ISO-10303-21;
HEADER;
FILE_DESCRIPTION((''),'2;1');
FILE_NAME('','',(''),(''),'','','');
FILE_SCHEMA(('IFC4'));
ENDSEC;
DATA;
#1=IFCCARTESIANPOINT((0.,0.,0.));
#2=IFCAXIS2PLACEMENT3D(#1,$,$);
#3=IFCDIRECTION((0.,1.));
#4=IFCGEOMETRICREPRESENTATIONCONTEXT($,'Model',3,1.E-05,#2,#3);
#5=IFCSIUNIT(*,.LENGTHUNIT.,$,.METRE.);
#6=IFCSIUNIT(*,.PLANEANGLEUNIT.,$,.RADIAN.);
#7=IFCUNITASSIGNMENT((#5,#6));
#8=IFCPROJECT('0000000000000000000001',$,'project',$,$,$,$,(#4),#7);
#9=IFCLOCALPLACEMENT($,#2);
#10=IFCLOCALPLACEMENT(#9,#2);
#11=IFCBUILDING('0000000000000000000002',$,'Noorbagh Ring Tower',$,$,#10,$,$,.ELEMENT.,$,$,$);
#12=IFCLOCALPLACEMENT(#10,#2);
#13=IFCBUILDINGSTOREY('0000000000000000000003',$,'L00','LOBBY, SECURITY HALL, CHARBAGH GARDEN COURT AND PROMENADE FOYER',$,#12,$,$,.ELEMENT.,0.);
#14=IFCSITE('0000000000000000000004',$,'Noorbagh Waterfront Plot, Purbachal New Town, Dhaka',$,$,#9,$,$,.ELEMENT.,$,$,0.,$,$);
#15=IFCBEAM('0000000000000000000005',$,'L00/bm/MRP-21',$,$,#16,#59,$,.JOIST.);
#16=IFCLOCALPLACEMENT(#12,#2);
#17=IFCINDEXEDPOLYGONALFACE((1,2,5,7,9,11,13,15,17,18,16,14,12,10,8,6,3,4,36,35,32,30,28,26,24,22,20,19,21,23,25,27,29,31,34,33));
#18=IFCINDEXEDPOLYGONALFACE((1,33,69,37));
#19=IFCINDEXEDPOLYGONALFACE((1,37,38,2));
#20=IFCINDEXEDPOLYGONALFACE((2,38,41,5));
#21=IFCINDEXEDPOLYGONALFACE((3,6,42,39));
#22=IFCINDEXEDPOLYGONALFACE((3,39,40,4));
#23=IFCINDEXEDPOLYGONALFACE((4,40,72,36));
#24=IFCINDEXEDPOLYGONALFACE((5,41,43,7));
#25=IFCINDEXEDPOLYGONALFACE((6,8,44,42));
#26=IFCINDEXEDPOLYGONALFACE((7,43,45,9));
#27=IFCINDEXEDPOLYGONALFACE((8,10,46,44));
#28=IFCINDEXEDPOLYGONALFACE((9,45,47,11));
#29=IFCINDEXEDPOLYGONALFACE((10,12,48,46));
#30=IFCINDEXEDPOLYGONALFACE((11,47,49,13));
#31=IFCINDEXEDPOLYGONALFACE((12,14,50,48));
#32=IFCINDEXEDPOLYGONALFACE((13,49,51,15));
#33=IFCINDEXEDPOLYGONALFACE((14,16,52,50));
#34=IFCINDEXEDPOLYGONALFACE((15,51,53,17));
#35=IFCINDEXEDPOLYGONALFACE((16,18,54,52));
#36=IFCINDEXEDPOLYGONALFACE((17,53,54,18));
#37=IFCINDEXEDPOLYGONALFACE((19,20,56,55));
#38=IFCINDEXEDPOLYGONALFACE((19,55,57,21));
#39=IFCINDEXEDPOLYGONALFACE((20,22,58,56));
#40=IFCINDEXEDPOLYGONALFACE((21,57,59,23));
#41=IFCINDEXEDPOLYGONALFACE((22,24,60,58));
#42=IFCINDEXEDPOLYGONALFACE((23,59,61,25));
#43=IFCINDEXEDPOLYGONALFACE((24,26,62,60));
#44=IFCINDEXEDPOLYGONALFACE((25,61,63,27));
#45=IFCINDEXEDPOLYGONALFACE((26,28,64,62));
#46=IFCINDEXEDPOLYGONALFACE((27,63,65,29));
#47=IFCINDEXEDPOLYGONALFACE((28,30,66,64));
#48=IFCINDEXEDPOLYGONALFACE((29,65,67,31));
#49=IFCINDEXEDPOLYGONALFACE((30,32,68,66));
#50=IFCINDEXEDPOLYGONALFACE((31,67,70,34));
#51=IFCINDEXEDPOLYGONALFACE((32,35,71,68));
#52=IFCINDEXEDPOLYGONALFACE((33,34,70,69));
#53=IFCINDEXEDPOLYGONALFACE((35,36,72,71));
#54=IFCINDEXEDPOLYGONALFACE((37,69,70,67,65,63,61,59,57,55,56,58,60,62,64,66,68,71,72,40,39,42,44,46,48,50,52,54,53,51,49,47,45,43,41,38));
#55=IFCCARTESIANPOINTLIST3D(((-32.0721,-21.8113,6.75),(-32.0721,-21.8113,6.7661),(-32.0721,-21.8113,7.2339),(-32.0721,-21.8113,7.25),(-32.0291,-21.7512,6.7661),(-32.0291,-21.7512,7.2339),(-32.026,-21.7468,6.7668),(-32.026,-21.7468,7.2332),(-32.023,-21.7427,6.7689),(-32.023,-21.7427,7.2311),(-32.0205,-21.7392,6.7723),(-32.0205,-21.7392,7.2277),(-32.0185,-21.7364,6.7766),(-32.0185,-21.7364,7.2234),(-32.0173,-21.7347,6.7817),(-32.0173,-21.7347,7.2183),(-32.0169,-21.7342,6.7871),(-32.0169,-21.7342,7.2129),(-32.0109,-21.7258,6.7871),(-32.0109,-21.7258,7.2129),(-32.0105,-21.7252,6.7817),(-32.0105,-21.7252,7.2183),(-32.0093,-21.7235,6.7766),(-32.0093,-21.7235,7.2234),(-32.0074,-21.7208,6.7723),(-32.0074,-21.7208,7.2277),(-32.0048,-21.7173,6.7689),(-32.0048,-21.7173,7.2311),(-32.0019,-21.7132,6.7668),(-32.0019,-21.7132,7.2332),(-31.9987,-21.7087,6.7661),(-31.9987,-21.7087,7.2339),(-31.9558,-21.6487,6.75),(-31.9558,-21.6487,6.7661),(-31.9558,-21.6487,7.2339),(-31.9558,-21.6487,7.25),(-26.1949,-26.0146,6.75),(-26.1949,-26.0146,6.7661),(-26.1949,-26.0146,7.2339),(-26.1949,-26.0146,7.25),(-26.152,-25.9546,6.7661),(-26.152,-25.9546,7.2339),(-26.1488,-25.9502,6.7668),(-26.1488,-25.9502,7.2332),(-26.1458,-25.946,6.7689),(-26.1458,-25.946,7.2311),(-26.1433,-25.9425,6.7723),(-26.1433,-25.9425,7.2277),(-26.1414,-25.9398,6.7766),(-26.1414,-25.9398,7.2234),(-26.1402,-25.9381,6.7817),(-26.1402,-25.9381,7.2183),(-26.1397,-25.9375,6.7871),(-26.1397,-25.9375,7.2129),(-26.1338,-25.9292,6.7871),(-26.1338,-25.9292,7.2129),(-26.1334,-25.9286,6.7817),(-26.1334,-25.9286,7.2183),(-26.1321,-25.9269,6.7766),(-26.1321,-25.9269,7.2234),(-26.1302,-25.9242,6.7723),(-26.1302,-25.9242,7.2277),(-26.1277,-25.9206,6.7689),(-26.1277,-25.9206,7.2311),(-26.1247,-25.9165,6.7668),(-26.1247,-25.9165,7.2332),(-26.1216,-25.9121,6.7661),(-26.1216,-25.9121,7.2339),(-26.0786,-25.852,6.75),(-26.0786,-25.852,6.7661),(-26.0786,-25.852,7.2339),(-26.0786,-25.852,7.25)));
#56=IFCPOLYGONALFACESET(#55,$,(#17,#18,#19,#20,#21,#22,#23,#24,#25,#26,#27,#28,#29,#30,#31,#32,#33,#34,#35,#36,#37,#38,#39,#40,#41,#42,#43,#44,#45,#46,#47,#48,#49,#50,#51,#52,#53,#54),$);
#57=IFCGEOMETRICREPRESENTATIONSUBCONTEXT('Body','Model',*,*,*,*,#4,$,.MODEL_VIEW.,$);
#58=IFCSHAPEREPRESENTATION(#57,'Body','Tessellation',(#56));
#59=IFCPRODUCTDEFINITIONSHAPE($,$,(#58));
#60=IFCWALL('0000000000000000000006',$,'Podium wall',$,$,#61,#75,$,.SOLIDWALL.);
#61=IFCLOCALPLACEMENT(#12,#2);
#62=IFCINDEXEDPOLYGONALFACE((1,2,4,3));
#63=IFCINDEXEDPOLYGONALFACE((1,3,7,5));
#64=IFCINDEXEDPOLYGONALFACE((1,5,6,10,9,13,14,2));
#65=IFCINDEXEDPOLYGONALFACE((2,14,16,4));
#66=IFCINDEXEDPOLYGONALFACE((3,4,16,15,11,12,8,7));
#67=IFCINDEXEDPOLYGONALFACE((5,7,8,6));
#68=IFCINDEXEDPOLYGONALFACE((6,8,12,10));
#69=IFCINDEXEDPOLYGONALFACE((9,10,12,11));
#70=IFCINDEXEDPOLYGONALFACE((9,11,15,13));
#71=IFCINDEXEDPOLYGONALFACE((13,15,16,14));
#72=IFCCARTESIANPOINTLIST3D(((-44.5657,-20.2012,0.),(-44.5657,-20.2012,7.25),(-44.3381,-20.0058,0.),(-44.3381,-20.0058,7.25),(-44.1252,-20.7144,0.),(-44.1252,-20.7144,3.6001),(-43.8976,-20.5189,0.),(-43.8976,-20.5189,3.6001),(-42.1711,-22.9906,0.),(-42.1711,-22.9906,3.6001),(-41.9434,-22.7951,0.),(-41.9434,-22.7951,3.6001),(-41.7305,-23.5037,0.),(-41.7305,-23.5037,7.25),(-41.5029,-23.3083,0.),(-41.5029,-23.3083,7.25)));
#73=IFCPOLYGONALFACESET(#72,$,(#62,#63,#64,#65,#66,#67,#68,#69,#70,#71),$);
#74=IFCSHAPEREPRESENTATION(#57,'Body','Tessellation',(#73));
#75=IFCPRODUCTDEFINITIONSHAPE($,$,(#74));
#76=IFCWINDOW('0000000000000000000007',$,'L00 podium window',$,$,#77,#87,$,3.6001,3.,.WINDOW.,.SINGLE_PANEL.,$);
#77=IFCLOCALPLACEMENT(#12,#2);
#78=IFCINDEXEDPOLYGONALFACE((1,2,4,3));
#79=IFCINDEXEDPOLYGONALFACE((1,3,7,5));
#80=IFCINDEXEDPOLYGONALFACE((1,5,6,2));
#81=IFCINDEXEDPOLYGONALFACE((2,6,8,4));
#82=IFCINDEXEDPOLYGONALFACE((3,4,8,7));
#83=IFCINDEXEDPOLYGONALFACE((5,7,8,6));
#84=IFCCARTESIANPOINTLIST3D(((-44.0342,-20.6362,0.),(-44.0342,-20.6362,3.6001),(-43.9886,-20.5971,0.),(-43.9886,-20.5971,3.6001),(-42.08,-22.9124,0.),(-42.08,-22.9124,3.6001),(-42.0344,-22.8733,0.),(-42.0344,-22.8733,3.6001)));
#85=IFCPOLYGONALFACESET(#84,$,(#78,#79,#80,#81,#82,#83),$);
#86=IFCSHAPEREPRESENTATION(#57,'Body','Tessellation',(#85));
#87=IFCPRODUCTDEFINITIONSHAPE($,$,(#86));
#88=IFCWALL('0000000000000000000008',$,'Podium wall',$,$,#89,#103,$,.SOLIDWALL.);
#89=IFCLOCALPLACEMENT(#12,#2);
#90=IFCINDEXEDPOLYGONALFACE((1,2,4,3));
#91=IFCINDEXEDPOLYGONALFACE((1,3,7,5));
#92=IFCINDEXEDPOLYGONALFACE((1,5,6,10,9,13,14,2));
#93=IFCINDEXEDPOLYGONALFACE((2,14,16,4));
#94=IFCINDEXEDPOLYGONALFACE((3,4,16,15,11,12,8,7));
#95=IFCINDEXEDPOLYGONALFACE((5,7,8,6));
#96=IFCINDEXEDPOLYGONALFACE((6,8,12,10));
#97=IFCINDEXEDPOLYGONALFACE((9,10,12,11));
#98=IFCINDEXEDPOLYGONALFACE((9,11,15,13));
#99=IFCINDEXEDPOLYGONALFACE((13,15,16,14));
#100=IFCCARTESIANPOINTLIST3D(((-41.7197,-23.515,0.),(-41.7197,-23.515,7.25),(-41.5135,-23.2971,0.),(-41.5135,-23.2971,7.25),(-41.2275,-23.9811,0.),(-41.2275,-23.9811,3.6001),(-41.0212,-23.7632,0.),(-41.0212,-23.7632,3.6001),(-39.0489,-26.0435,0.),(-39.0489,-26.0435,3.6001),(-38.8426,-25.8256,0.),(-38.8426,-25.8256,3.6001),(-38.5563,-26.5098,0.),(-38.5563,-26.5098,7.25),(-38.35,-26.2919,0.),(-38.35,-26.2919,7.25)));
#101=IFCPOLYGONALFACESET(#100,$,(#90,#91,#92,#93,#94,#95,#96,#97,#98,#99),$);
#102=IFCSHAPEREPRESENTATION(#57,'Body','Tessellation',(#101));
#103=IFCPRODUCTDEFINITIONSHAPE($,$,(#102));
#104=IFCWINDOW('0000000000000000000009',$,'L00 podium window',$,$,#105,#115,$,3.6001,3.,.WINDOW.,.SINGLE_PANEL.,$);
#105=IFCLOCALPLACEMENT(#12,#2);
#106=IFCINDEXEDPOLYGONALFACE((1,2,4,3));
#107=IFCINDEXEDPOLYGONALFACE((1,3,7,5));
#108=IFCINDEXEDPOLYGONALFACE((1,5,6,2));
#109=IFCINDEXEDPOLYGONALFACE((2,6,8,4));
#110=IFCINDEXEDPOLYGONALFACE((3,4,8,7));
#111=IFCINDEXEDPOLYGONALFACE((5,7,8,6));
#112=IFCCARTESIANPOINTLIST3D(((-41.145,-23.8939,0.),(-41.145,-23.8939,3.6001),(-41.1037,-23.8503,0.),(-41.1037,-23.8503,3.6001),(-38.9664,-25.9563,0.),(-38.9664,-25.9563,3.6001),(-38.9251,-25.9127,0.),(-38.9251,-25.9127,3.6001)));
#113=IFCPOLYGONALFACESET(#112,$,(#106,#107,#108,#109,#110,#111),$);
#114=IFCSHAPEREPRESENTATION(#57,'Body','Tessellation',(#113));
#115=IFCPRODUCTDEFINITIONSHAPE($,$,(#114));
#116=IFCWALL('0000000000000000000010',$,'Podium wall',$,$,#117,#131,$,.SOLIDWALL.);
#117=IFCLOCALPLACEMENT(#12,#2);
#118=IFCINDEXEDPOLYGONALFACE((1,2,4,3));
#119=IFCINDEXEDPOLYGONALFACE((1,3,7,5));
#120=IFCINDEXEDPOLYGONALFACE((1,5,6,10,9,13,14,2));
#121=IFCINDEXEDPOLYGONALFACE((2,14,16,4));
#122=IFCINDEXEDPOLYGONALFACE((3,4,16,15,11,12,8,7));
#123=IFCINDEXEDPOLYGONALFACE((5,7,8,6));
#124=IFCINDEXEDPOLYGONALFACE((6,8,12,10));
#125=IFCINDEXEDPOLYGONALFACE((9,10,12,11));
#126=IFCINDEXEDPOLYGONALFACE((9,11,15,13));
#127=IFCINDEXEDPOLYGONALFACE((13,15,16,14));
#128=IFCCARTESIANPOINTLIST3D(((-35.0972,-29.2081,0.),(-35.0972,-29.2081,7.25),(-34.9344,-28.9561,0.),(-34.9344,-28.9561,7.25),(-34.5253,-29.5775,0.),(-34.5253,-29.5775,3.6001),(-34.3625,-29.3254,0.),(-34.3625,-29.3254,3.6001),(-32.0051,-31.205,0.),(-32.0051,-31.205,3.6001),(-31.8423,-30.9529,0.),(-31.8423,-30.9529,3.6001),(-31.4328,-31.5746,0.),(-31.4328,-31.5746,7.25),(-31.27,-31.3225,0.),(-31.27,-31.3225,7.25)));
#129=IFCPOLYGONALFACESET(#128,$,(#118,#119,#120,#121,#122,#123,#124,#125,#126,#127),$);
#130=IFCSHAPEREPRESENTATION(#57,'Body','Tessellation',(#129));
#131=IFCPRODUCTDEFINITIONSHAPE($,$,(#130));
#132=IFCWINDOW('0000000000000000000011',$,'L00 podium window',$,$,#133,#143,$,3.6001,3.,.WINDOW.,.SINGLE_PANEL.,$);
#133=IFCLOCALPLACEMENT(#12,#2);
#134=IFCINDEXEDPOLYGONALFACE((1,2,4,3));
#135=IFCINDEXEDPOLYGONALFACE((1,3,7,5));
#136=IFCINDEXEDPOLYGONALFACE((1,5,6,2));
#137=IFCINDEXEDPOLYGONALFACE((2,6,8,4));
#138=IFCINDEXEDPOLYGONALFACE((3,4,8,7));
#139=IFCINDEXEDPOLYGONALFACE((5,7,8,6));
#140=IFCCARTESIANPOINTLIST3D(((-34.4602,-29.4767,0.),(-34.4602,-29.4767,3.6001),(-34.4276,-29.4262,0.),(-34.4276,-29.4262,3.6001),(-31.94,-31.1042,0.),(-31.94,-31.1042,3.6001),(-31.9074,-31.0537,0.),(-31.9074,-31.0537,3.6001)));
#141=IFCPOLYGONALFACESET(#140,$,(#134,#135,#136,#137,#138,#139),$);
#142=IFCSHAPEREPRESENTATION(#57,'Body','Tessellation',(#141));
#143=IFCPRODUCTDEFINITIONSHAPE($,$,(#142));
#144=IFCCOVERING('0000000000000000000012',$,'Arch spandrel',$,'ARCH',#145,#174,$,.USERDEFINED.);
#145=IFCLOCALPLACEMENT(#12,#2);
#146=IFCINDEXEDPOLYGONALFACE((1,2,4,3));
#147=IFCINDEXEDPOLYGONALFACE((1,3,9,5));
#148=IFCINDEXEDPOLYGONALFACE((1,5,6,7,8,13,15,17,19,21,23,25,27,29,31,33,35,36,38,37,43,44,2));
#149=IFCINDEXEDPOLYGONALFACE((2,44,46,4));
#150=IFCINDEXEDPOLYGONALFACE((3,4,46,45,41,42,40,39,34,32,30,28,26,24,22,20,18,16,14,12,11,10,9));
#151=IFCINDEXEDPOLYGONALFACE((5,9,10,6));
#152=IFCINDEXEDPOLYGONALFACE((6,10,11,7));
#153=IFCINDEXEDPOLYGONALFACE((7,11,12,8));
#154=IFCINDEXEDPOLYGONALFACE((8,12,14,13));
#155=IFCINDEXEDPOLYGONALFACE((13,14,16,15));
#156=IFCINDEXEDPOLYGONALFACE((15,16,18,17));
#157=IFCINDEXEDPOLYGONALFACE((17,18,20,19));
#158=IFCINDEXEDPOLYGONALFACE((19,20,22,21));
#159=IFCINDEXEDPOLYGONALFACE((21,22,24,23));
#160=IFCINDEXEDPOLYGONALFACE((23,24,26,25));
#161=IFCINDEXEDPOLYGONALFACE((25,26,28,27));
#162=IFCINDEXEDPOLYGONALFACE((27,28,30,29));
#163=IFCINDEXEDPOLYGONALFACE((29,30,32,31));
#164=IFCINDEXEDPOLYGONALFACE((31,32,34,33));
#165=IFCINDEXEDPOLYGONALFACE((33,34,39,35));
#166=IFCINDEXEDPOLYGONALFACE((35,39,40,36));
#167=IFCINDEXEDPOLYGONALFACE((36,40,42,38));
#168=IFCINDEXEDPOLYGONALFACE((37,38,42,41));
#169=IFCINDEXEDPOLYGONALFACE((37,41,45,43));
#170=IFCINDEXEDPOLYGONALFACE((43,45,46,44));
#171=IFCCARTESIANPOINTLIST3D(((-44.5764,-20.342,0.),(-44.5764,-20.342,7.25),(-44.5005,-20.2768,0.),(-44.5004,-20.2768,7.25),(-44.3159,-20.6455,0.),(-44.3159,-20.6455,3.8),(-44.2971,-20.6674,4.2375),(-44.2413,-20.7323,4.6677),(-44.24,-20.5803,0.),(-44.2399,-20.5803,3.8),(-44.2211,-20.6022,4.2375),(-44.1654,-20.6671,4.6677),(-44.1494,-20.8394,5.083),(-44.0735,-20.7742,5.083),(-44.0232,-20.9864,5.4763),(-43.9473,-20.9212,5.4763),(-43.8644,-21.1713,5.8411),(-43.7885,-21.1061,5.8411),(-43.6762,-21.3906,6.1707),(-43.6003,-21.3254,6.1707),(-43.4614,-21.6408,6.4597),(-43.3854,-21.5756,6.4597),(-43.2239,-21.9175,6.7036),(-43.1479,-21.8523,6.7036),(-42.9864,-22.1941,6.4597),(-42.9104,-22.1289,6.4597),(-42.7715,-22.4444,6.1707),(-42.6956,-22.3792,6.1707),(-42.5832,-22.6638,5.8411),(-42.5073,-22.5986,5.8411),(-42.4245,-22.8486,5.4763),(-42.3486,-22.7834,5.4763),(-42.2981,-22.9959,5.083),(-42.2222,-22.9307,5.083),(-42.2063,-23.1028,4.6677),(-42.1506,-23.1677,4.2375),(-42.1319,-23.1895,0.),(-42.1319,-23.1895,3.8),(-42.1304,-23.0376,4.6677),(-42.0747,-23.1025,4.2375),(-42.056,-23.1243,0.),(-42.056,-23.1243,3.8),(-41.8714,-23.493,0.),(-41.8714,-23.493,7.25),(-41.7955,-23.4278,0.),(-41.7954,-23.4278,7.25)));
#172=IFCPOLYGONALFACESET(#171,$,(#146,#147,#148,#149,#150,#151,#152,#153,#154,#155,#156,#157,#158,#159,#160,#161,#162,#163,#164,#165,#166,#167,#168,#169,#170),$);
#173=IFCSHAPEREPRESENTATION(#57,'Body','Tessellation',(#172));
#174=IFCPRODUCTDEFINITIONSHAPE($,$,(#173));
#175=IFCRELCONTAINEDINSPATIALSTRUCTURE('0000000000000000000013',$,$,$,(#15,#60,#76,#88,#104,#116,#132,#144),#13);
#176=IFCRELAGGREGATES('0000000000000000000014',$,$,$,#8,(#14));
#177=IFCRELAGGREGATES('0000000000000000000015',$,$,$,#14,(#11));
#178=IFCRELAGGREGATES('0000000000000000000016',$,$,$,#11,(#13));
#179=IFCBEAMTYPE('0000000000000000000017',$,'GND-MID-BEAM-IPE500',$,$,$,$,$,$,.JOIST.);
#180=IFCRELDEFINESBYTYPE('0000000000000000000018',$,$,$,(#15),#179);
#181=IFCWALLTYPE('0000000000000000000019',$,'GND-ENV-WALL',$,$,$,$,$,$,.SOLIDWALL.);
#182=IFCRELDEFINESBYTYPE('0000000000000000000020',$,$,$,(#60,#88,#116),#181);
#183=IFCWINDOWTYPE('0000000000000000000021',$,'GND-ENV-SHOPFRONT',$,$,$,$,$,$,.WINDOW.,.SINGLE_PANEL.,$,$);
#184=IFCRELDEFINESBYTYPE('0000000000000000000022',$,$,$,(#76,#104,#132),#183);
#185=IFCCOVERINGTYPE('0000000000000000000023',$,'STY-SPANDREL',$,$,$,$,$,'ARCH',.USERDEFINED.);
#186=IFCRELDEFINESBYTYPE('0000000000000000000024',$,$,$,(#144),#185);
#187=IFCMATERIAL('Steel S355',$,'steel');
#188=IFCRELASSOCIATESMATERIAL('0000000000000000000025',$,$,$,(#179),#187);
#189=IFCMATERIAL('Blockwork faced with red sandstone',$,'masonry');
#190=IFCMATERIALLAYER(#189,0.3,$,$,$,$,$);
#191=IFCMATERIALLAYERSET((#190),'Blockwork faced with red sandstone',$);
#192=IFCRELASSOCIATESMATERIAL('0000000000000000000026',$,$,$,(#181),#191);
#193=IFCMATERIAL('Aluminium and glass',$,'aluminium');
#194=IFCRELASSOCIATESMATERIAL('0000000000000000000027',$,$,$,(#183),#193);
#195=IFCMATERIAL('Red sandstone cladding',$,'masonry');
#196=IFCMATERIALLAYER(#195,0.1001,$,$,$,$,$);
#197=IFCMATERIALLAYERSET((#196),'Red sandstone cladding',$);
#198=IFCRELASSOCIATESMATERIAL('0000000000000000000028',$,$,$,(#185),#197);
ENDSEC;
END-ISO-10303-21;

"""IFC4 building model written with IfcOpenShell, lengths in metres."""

from ifc_helpers import new_model, si_unit, direction, frame, frame_2d, origin, origin_2d, place, context, subcontext, project, spatial, polyline, rectangle, i_section, outline, extrude, material, layer, layer_set, material_profile, profile_set, type_object, element, fill, save


model = new_model("IFC4")

# Units and contexts
model_context = context("Model", 3, precision=1e-05, world=origin(), true_north=direction((0.0, 1.0)))
body_context = subcontext(model_context, "Body", "Model", "MODEL_VIEW")
ifc_project = project(units=[si_unit("LENGTHUNIT", "METRE"), si_unit("PLANEANGLEUNIT", "RADIAN")], contexts=[model_context])

# Site, building, storey
site_placement = place(None, origin())
site = spatial("IfcSite", under=ifc_project, at=site_placement, Name="Noorbagh Waterfront Plot, Purbachal New Town, Dhaka", CompositionType="ELEMENT", RefElevation=0.0)
building_placement = place(site_placement, origin())
building = spatial("IfcBuilding", under=site, at=building_placement, Name="Noorbagh Ring Tower", CompositionType="ELEMENT")
storey_placement = place(building_placement, origin())
storey = spatial("IfcBuildingStorey", under=building, at=storey_placement, Name="L00", Description="LOBBY, SECURITY HALL, CHARBAGH GARDEN COURT AND PROMENADE FOYER", CompositionType="ELEMENT", Elevation=0.0)

# Beam
ifc_material_1 = material(Name="Steel S355", Category="steel")
ifc_material_profile_1 = material_profile(ifc_material_1, i_section(OverallWidth=0.2, OverallDepth=0.5, WebThickness=0.0103, FlangeThickness=0.0161, FilletRadius=0.021, at=origin_2d()), Name="IPE500")
ifc_profile_set_1 = profile_set([ifc_material_profile_1], Name="Steel S355")
beam_type_1 = type_object("IfcBeamType", Name="GND-MID-BEAM-IPE500", PredefinedType="JOIST", material=ifc_profile_set_1)
beam_1_placement = place(storey_placement, frame((-32.0139, -21.73, 7.0), z_axis=(0.813382, -0.58173, 0.0), x_axis=(0.58173, 0.813382, 0.0)))
element("IfcBeam", 1, at=beam_1_placement, inside=storey, type_object=beam_type_1, Name="L00/bm/MRP-21", PredefinedType="JOIST", context=body_context, shape_type="SweptSolid", body=[
    extrude(i_section(OverallWidth=0.2, OverallDepth=0.5, WebThickness=0.0103, FlangeThickness=0.0161, FilletRadius=0.021, at=origin_2d()), origin(), (0.0, 0.0, 1.0), 7.2256),
])

# Walls, openings, windows
ifc_material_2 = material(Name="Blockwork faced with red sandstone", Category="masonry")
ifc_layer_1 = layer(ifc_material_2, 0.3)
ifc_layer_set_1 = layer_set([ifc_layer_1], Name="Blockwork faced with red sandstone")
wall_type = type_object("IfcWallType", Name="GND-ENV-WALL", PredefinedType="SOLIDWALL", material=ifc_layer_set_1)
wall_1_placement = place(storey_placement, frame((-44.4519, -20.1035, 0.0), z_axis=(0.0, 0.0, 1.0), x_axis=(0.651387, -0.758746, 0.0)))
wall_1 = element("IfcWall", 2, at=wall_1_placement, inside=storey, type_object=wall_type, Name="Podium wall", PredefinedType="SOLIDWALL", context=body_context, shape_type="SweptSolid", body=[
    extrude(rectangle(XDim=4.3525, YDim=0.3, at=frame_2d((2.1763, 0.0))), origin(), (0.0, 0.0, 1.0), 7.25),
])
opening_1_placement = place(wall_1_placement, frame((0.6763, 0.0, 0.0)))
opening_1 = element("IfcOpeningElement", 3, at=opening_1_placement, cuts=wall_1, PredefinedType="OPENING", context=body_context, shape_type="SweptSolid", body=[
    extrude(rectangle(XDim=3.0, YDim=3.6001, at=frame_2d((1.5, 1.8))), frame((0.0, 0.1602, 0.0), z_axis=(0.0, -1.0, 0.0), x_axis=(1.0, 0.0, 0.0)), (0.0, 0.0, 1.0), 0.3201),
])
ifc_material_3 = material(Name="Aluminium and glass", Category="aluminium")
window_type = type_object("IfcWindowType", Name="GND-ENV-SHOPFRONT", PartitioningType="SINGLE_PANEL", PredefinedType="WINDOW", material=ifc_material_3)
window_1_placement = place(opening_1_placement, origin())
window_1 = element("IfcWindow", 4, at=window_1_placement, inside=storey, type_object=window_type, Name="L00 podium window", OverallHeight=3.6001, OverallWidth=3.0, PartitioningType="SINGLE_PANEL", PredefinedType="WINDOW", context=body_context, shape_type="SweptSolid", body=[
    extrude(rectangle(XDim=3.0, YDim=3.6001, at=frame_2d((1.5, 1.8))), frame((0.0, 0.03, 0.0), z_axis=(0.0, -1.0, 0.0), x_axis=(1.0, 0.0, 0.0)), (0.0, 0.0, 1.0), 0.0601),
])
fill(opening_1, window_1)
wall_2_placement = place(storey_placement, frame((-41.6167, -23.406, 0.0), z_axis=(0.0, 0.0, 1.0), x_axis=(0.726204, -0.687479, 0.0)))
wall_2 = element("IfcWall", 5, at=wall_2_placement, inside=storey, type_object=wall_type, Name="Podium wall", PredefinedType="SOLIDWALL", context=body_context, shape_type="SweptSolid", body=[
    extrude(rectangle(XDim=4.3562, YDim=0.3, at=frame_2d((2.1782, 0.0))), origin(), (0.0, 0.0, 1.0), 7.25),
])
opening_2_placement = place(wall_2_placement, frame((0.678, 0.0, 0.0)))
opening_2 = element("IfcOpeningElement", 6, at=opening_2_placement, cuts=wall_2, PredefinedType="OPENING", context=body_context, shape_type="SweptSolid", body=[
    extrude(rectangle(XDim=3.0, YDim=3.6001, at=frame_2d((1.5, 1.8))), frame((0.0, 0.1602, 0.0), z_axis=(0.0, -1.0, 0.0), x_axis=(1.0, 0.0, 0.0)), (0.0, 0.0, 1.0), 0.3201),
])
window_2_placement = place(opening_2_placement, origin())
window_2 = element("IfcWindow", 7, at=window_2_placement, inside=storey, type_object=window_type, Name="L00 podium window", OverallHeight=3.6001, OverallWidth=3.0, PartitioningType="SINGLE_PANEL", PredefinedType="WINDOW", context=body_context, shape_type="SweptSolid", body=[
    extrude(rectangle(XDim=3.0, YDim=3.6001, at=frame_2d((1.5, 1.8))), frame((0.0, 0.03, 0.0), z_axis=(0.0, -1.0, 0.0), x_axis=(1.0, 0.0, 0.0)), (0.0, 0.0, 1.0), 0.0601),
])
fill(opening_2, window_2)

# Wall, opening, window
wall_3_placement = place(storey_placement, frame((-35.0159, -29.082, 0.0), z_axis=(0.0, 0.0, 1.0), x_axis=(0.840047, -0.542513, 0.0)))
wall_3 = element("IfcWall", 8, at=wall_3_placement, inside=storey, type_object=wall_type, Name="Podium wall", PredefinedType="SOLIDWALL", context=body_context, shape_type="SweptSolid", body=[
    extrude(rectangle(XDim=4.3621, YDim=0.3, at=frame_2d((2.1812, 0.0))), origin(), (0.0, 0.0, 1.0), 7.25),
])
opening_3_placement = place(wall_3_placement, frame((0.6809, 0.0, 0.0)))
opening_3 = element("IfcOpeningElement", 9, at=opening_3_placement, cuts=wall_3, PredefinedType="OPENING", context=body_context, shape_type="SweptSolid", body=[
    extrude(rectangle(XDim=3.0, YDim=3.6001, at=frame_2d((1.5, 1.8))), frame((0.0, 0.1602, 0.0), z_axis=(0.0, -1.0, 0.0), x_axis=(1.0, 0.0, 0.0)), (0.0, 0.0, 1.0), 0.3201),
])
window_3_placement = place(opening_3_placement, origin())
window_3 = element("IfcWindow", 10, at=window_3_placement, inside=storey, type_object=window_type, Name="L00 podium window", OverallHeight=3.6001, OverallWidth=3.0, PartitioningType="SINGLE_PANEL", PredefinedType="WINDOW", context=body_context, shape_type="SweptSolid", body=[
    extrude(rectangle(XDim=3.0, YDim=3.6001, at=frame_2d((1.5, 1.8))), frame((0.0, 0.03, 0.0), z_axis=(0.0, -1.0, 0.0), x_axis=(1.0, 0.0, 0.0)), (0.0, 0.0, 1.0), 0.0601),
])
fill(opening_3, window_3)

# Covering
ifc_material_4 = material(Name="Red sandstone cladding", Category="masonry")
ifc_layer_2 = layer(ifc_material_4, 0.1001)
ifc_layer_set_2 = layer_set([ifc_layer_2], Name="Red sandstone cladding")
covering_type = type_object("IfcCoveringType", Name="STY-SPANDREL", ElementType="ARCH", PredefinedType="USERDEFINED", material=ifc_layer_set_2)
covering_1_placement = place(storey_placement, frame((-44.5764, -20.342, 0.0), z_axis=(-0.758756, -0.651374, 0.000006), x_axis=(0.651374, -0.758756, 0.0)))
element("IfcCovering", 11, at=covering_1_placement, inside=storey, type_object=covering_type, Name="Arch spandrel", ObjectType="ARCH", PredefinedType="USERDEFINED", context=body_context, shape_type="SweptSolid", body=[
    extrude(outline(polyline([(0.0, 0.0), (0.3999, 0.0), (0.3999, 3.8), (0.4289, 4.2375), (0.5144, 4.6677), (0.6555, 5.083), (0.8492, 5.4763), (1.093, 5.8411), (1.382, 6.1707), (1.7118, 6.4597), (2.0764, 6.7036), (2.441, 6.4597), (2.7708, 6.1707), (3.06, 5.8411), (3.3036, 5.4763), (3.4976, 5.083), (3.6386, 4.6677), (3.7241, 4.2375), (3.7528, 3.8), (3.7528, 0.0), (4.1528, 0.0), (4.1528, 7.25), (0.0, 7.25), (0.0, 0.0)])), origin(), (0.0, 0.0, -1.0), 0.1001),
])

save(model, "model.ifc")
